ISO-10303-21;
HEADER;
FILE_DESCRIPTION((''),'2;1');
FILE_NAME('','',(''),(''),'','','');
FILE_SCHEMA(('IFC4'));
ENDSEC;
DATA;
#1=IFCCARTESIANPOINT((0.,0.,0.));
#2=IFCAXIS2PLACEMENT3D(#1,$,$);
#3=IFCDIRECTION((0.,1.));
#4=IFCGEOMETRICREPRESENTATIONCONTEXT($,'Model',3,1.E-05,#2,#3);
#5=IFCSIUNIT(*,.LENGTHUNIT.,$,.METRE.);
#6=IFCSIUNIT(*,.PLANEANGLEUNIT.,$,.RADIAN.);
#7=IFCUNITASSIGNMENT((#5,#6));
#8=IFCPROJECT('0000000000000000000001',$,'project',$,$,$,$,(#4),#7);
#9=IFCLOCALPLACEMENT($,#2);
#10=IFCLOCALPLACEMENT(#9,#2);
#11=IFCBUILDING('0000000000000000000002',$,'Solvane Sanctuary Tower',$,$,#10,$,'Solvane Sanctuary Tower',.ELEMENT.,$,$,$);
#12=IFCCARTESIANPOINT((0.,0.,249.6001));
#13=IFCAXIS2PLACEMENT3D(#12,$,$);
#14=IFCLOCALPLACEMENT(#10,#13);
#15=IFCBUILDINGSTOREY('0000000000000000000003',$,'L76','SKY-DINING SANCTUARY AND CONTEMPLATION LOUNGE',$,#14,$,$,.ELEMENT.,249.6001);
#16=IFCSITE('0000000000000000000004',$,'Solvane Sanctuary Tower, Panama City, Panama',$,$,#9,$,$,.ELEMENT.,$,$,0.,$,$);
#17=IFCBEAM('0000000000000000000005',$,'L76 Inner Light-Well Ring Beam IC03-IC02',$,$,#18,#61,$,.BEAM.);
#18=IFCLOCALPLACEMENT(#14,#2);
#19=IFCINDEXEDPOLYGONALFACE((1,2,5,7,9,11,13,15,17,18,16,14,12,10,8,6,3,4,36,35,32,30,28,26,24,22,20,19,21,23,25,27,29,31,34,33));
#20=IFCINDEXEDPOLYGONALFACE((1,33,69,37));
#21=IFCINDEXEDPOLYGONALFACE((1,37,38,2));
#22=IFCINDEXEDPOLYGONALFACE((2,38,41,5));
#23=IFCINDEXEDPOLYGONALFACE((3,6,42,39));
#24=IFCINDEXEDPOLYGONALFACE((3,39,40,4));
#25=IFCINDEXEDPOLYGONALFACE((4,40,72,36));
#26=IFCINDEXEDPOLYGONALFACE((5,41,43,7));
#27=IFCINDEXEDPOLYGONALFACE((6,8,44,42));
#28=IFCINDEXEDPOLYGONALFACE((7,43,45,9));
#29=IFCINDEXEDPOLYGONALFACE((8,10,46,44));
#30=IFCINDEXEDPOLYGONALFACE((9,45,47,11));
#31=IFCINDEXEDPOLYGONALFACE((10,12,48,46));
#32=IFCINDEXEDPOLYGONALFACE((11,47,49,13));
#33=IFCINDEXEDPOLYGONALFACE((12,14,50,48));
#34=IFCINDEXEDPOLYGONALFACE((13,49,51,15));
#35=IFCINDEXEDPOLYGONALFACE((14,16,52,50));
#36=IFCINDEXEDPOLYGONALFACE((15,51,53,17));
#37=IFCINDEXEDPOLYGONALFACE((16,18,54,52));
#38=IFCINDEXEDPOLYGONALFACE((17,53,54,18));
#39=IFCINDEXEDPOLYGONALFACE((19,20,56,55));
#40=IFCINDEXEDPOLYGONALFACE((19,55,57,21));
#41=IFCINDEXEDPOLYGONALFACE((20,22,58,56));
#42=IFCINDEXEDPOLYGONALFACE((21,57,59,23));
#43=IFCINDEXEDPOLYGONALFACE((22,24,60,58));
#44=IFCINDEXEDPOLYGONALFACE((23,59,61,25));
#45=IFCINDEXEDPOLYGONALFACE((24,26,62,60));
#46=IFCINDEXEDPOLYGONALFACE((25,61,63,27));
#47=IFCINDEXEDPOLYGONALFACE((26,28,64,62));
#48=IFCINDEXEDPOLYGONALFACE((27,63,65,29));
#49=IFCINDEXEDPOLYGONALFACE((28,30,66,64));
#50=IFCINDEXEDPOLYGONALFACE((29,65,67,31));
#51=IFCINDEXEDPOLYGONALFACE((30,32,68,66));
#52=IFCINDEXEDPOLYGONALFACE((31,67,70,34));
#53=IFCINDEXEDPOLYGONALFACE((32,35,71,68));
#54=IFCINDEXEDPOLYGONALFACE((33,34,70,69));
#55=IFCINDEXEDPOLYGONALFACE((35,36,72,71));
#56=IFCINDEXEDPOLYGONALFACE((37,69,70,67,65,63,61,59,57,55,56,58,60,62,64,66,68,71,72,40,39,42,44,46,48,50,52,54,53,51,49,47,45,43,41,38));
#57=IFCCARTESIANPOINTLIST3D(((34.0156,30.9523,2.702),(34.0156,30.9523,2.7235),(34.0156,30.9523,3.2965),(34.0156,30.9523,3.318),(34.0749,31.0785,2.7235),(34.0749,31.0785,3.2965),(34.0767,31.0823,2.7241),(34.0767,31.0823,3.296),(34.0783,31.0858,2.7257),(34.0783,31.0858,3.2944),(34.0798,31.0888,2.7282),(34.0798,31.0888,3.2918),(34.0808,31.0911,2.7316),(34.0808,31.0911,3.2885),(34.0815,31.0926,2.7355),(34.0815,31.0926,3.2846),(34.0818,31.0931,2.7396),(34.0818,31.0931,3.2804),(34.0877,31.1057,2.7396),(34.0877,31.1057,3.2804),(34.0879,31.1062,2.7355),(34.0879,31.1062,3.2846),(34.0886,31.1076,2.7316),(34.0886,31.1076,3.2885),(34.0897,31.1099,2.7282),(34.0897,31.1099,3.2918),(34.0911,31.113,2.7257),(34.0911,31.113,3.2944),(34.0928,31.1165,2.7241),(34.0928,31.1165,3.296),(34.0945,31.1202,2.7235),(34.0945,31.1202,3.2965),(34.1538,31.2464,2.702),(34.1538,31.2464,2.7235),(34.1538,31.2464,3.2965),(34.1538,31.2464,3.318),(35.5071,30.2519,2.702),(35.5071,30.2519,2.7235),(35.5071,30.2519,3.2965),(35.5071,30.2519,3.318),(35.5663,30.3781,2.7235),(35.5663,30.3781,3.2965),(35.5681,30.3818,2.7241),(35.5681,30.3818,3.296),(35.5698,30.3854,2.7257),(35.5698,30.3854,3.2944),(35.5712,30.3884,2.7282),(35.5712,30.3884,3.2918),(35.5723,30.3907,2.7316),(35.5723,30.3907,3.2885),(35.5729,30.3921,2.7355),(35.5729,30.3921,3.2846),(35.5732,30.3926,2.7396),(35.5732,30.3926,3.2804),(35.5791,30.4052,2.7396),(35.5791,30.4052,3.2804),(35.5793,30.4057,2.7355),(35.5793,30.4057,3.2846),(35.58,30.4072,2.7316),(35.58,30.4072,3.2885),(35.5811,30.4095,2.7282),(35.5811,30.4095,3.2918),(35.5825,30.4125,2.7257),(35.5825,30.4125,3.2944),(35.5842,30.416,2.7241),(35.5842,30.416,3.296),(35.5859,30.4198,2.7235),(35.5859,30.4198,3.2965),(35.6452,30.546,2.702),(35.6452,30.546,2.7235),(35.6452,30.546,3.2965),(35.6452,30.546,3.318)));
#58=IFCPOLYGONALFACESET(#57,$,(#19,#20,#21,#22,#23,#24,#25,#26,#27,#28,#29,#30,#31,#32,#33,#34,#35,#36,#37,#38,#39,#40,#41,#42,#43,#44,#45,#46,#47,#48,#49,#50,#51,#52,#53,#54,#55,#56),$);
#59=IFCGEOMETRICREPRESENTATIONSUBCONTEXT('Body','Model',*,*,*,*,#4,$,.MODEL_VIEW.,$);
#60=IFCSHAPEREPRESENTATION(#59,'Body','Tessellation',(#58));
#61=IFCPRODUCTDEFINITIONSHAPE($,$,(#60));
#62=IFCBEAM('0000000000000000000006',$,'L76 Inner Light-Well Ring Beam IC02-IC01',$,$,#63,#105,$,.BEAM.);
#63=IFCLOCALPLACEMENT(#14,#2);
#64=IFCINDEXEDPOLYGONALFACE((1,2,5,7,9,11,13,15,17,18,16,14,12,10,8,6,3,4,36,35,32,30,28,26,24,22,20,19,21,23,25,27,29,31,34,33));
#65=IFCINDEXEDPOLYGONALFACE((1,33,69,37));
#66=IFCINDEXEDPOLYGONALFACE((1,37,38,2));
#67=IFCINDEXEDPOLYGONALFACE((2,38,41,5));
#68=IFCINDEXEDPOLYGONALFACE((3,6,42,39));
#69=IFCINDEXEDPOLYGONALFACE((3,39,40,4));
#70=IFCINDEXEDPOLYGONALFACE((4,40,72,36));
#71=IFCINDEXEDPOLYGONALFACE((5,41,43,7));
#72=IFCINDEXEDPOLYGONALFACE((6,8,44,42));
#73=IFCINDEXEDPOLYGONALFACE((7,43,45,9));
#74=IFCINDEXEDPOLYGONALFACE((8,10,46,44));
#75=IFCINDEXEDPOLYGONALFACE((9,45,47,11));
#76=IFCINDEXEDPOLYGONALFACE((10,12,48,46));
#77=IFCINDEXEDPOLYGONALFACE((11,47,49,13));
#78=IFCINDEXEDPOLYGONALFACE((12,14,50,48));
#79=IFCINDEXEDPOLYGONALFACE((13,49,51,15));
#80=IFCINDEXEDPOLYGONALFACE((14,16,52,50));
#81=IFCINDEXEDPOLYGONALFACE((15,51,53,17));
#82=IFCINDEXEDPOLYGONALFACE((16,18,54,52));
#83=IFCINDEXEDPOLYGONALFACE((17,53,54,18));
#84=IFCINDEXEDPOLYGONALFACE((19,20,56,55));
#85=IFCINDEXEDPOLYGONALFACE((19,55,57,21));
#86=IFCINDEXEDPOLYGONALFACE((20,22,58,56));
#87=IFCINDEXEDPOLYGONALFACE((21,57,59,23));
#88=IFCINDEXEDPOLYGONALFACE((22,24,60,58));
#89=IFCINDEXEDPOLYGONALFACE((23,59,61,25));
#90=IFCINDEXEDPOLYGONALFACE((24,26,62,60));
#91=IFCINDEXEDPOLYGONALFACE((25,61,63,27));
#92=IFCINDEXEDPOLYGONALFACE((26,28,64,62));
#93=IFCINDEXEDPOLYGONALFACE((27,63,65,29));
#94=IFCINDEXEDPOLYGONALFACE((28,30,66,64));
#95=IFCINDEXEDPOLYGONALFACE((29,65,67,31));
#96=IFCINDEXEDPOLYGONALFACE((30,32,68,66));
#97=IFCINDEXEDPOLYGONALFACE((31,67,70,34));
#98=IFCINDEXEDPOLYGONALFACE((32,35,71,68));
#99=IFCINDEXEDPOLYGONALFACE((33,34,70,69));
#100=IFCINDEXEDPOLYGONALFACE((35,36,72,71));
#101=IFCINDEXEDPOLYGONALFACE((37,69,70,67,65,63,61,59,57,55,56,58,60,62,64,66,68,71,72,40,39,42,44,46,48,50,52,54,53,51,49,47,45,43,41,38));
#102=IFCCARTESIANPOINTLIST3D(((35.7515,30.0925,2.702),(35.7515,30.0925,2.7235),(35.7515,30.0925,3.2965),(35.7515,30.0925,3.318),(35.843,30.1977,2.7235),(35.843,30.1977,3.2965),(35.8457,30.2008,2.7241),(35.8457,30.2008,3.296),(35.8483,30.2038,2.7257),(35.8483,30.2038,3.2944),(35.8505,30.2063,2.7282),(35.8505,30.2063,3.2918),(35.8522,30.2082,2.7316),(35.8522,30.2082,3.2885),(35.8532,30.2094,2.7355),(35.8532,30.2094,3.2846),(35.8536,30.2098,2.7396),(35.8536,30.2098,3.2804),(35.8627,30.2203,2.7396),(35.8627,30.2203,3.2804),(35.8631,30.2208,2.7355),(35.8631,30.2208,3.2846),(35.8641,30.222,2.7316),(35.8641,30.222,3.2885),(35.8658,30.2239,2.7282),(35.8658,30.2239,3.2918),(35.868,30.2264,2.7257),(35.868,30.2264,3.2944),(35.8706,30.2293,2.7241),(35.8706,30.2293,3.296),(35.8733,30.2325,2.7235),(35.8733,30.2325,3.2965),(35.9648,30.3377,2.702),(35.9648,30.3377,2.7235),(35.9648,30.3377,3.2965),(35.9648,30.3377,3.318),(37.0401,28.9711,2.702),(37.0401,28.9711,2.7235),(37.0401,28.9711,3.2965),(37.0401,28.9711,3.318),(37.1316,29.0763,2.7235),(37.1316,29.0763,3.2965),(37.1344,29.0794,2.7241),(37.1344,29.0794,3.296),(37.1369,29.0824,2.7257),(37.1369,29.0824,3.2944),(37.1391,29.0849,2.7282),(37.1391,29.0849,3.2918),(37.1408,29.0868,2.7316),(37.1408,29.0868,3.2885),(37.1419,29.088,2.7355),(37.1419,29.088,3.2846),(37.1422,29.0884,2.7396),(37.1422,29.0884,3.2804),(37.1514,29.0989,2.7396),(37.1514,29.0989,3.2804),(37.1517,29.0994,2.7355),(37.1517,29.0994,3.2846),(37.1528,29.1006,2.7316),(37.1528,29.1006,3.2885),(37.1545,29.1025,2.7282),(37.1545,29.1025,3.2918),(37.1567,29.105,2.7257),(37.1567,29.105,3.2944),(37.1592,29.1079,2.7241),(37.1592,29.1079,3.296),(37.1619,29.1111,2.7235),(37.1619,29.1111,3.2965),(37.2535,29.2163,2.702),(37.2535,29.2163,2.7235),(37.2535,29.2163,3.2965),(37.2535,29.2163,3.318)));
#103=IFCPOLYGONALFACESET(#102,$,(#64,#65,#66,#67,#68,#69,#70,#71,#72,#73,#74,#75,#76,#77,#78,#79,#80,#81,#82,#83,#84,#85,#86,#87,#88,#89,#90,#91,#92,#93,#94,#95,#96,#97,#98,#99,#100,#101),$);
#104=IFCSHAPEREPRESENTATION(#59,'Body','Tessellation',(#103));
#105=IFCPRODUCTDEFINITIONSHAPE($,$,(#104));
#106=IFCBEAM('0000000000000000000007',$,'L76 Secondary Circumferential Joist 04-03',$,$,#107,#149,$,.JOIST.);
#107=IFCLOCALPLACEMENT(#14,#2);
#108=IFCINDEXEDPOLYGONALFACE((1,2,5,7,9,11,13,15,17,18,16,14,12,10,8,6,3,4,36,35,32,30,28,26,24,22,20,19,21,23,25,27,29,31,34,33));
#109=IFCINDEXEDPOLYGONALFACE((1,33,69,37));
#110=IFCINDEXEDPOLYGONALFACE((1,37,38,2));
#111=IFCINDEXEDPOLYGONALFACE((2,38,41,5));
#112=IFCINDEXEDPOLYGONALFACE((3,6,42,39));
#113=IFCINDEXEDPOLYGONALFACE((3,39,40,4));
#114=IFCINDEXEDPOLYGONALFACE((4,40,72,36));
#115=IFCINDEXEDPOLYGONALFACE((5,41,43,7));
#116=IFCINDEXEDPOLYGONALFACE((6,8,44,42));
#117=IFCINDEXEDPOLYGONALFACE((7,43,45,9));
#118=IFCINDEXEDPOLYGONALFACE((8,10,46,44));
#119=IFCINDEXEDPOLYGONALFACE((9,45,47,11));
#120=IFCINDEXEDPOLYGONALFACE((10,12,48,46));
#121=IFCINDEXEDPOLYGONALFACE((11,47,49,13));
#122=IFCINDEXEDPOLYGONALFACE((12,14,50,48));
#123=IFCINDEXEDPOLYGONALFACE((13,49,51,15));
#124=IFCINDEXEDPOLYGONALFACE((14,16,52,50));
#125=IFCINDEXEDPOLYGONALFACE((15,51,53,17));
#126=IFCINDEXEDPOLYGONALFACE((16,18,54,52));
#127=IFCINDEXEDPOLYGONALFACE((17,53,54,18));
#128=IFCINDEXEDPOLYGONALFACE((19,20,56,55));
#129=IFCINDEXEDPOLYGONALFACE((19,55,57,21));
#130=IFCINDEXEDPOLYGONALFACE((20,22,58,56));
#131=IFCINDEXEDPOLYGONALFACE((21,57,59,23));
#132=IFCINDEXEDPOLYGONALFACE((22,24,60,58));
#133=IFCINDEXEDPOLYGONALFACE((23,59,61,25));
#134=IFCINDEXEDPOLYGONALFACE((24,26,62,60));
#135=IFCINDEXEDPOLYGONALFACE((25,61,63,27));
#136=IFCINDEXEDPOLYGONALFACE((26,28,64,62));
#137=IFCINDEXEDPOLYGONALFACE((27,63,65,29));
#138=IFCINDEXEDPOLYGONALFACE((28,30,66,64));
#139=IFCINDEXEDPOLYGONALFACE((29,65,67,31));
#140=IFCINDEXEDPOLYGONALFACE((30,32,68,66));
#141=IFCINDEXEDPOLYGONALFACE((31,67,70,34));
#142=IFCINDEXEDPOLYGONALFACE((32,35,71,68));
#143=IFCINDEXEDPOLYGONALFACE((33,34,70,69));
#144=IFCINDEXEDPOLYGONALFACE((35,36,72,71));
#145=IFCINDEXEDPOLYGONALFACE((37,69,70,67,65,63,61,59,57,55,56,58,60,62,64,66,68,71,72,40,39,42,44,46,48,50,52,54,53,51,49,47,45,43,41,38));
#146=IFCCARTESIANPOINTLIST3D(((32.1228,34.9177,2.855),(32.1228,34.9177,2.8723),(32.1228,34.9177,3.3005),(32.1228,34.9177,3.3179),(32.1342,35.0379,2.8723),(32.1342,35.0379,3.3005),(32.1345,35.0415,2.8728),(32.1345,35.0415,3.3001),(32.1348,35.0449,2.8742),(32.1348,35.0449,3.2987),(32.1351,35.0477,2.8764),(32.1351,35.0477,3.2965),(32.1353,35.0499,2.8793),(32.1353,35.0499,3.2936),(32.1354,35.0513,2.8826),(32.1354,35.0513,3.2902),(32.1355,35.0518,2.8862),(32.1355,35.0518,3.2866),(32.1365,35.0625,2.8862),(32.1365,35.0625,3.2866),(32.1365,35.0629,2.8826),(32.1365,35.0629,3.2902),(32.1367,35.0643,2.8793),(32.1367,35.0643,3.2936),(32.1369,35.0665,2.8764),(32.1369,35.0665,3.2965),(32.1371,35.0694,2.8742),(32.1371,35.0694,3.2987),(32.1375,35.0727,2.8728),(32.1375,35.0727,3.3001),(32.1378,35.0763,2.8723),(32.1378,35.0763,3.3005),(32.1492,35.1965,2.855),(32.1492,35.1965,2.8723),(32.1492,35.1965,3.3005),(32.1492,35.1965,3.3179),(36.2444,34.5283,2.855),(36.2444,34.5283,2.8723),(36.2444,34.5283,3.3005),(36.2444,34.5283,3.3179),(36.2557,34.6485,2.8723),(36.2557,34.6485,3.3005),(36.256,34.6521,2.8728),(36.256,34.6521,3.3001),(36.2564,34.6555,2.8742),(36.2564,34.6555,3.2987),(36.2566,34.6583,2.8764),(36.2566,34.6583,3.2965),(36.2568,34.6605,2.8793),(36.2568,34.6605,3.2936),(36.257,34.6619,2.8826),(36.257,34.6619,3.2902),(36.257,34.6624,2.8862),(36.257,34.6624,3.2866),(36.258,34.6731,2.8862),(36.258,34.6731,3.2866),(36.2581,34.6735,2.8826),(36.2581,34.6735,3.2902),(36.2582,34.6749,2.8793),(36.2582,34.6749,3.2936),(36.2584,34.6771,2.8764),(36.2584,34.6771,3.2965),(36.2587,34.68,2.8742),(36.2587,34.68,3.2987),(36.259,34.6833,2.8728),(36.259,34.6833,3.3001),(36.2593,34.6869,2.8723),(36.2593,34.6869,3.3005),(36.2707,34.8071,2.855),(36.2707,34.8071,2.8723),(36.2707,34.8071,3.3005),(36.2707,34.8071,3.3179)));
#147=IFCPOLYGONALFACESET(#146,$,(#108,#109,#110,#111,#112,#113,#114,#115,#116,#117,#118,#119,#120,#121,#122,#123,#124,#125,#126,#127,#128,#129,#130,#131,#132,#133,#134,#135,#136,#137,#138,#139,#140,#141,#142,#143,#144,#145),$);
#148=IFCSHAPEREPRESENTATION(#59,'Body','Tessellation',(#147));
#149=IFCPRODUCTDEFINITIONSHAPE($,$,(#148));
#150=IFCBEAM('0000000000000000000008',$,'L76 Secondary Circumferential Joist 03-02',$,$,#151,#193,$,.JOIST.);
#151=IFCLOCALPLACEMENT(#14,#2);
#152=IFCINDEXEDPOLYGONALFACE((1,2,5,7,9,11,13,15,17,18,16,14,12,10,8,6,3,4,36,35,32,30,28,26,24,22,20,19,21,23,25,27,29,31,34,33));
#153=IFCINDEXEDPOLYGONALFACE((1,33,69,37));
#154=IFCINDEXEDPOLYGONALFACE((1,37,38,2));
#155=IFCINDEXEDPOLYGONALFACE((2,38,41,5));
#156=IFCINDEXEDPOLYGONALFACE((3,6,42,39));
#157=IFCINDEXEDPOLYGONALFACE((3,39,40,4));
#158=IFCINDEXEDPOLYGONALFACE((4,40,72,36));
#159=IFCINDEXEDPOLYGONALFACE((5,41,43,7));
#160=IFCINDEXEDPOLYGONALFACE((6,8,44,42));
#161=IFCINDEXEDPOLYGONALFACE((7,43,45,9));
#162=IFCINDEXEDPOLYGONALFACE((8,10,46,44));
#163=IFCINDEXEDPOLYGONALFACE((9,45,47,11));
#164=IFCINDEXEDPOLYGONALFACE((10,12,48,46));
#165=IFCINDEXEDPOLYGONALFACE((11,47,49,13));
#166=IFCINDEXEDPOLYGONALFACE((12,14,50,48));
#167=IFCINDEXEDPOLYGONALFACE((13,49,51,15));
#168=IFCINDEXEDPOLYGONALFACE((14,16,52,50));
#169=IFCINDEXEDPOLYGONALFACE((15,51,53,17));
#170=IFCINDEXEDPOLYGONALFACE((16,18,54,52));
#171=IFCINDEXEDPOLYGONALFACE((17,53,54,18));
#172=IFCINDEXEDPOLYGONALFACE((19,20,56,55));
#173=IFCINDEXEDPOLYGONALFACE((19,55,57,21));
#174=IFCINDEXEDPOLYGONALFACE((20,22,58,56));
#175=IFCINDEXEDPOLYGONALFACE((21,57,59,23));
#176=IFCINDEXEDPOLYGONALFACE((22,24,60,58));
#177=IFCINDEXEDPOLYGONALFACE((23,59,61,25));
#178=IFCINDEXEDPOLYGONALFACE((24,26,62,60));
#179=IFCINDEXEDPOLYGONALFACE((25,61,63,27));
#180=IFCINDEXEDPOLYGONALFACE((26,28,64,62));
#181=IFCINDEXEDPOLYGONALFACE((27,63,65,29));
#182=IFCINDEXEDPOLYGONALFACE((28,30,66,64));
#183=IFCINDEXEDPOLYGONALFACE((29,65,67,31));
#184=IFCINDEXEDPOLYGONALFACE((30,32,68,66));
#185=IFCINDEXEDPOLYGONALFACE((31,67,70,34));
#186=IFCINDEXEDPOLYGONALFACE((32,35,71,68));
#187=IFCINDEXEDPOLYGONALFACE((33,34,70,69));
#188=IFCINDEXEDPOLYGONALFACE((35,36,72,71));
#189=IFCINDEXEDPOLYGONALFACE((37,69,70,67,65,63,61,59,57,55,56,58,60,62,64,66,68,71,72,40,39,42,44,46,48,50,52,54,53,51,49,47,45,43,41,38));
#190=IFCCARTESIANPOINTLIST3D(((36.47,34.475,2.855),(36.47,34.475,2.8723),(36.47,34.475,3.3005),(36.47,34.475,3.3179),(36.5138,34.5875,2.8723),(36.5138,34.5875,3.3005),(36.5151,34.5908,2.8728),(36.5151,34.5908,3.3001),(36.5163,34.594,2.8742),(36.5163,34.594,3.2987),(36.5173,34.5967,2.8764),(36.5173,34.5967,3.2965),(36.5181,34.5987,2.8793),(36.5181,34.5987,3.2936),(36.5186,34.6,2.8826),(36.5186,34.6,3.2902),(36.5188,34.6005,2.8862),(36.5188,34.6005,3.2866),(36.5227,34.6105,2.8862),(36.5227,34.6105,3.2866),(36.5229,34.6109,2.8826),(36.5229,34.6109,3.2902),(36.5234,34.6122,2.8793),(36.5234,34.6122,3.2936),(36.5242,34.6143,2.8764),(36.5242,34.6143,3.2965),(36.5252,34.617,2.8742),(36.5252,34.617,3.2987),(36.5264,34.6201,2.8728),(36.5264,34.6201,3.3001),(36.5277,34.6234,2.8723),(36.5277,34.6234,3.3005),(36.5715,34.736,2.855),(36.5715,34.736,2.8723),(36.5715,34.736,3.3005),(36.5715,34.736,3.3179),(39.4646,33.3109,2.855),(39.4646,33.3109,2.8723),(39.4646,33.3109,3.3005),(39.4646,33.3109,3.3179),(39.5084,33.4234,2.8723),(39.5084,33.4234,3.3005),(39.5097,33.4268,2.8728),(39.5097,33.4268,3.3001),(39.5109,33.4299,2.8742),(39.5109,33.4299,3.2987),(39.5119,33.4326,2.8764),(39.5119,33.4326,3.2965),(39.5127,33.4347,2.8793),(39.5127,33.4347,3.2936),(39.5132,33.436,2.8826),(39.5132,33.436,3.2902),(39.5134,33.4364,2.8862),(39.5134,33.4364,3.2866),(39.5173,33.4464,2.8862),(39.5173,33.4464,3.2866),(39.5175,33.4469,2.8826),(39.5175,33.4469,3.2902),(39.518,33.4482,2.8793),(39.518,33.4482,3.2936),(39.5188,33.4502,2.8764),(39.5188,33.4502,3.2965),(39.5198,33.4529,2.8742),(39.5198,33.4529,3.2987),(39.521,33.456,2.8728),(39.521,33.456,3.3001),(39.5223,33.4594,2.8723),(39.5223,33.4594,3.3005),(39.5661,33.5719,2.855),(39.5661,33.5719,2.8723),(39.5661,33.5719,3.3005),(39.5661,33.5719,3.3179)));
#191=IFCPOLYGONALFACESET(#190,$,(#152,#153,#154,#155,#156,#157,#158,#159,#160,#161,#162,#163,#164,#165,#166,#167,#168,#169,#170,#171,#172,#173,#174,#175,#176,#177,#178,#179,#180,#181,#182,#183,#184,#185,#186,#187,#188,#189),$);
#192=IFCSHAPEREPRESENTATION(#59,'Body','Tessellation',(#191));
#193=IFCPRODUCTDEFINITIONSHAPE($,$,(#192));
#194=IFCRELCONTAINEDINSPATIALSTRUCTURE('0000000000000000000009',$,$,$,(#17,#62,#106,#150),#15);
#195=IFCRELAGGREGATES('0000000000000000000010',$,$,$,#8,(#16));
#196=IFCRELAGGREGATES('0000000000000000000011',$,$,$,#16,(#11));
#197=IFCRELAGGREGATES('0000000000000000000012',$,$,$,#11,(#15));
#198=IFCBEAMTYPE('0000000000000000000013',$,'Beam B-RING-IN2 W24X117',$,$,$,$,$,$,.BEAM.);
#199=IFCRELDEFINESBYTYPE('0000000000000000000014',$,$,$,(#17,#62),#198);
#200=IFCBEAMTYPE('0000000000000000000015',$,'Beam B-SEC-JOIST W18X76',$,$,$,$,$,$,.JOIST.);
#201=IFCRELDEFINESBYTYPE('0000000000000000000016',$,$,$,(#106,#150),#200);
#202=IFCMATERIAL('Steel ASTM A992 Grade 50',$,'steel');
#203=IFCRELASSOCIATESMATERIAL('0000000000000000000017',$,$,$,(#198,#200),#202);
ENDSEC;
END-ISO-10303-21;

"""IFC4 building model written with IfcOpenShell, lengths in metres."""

from ifc_helpers import new_model, si_unit, direction, frame, origin, origin_2d, place, context, subcontext, project, spatial, i_section, extrude, material, material_profile, profile_set, type_object, element, save


model = new_model("IFC4")

# Units and contexts
model_context = context("Model", 3, precision=1e-05, world=origin(), true_north=direction((0.0, 1.0)))
body_context = subcontext(model_context, "Body", "Model", "MODEL_VIEW")
ifc_project = project(units=[si_unit("LENGTHUNIT", "METRE"), si_unit("PLANEANGLEUNIT", "RADIAN")], contexts=[model_context])

# Site, building, storey
site_placement = place(None, origin())
site = spatial("IfcSite", under=ifc_project, at=site_placement, Name="Solvane Sanctuary Tower, Panama City, Panama", CompositionType="ELEMENT", RefElevation=0.0)
building_placement = place(site_placement, origin())
building = spatial("IfcBuilding", under=site, at=building_placement, Name="Solvane Sanctuary Tower", LongName="Solvane Sanctuary Tower", CompositionType="ELEMENT")
storey_placement = place(building_placement, frame((0.0, 0.0, 249.6001)))
storey = spatial("IfcBuildingStorey", under=building, at=storey_placement, Name="L76", Description="SKY-DINING SANCTUARY AND CONTEMPLATION LOUNGE", CompositionType="ELEMENT", Elevation=249.6001)

# Beams
ifc_material_1 = material(Name="Steel ASTM A992 Grade 50", Category="steel")
ifc_material_profile_1 = material_profile(ifc_material_1, i_section(OverallWidth=0.325, OverallDepth=0.616, WebThickness=0.0139, FlangeThickness=0.0215, FilletRadius=0.0161, at=origin_2d()), Name="W24X117")
ifc_profile_set_1 = profile_set([ifc_material_profile_1], Name="Steel ASTM A992 Grade 50")
beam_type_1 = type_object("IfcBeamType", Name="Beam B-RING-IN2 W24X117", PredefinedType="BEAM", material=ifc_profile_set_1)
beam_1_placement = place(storey_placement, frame((34.0847, 31.0994, 3.01), z_axis=(0.905151, -0.42509, 0.0), x_axis=(0.42509, 0.905151, 0.0)))
element("IfcBeam", 1, at=beam_1_placement, inside=storey, type_object=beam_type_1, Name="L76 Inner Light-Well Ring Beam IC03-IC02", PredefinedType="BEAM", context=body_context, shape_type="SweptSolid", body=[
    extrude(i_section(OverallWidth=0.325, OverallDepth=0.616, WebThickness=0.0139, FlangeThickness=0.0215, FilletRadius=0.0161, at=origin_2d()), origin(), (0.0, 0.0, 1.0), 1.6477),
])
beam_2_placement = place(storey_placement, frame((35.8582, 30.2151, 3.01), z_axis=(0.754362, -0.656458, 0.0), x_axis=(0.656458, 0.754362, 0.0)))
element("IfcBeam", 2, at=beam_2_placement, inside=storey, type_object=beam_type_1, Name="L76 Inner Light-Well Ring Beam IC02-IC01", PredefinedType="BEAM", context=body_context, shape_type="SweptSolid", body=[
    extrude(i_section(OverallWidth=0.325, OverallDepth=0.616, WebThickness=0.0139, FlangeThickness=0.0215, FilletRadius=0.0161, at=origin_2d()), origin(), (0.0, 0.0, 1.0), 1.7083),
])
ifc_material_profile_2 = material_profile(ifc_material_1, i_section(OverallWidth=0.28, OverallDepth=0.4629, WebThickness=0.0107, FlangeThickness=0.0173, FilletRadius=0.0139, at=origin_2d()), Name="W18X76")
ifc_profile_set_2 = profile_set([ifc_material_profile_2], Name="Steel ASTM A992 Grade 50")
beam_type_2 = type_object("IfcBeamType", Name="Beam B-SEC-JOIST W18X76", PredefinedType="JOIST", material=ifc_profile_set_2)
beam_3_placement = place(storey_placement, frame((32.136, 35.0571, 3.0864), z_axis=(0.995566, -0.09406, 0.0), x_axis=(0.09406, 0.995566, 0.0)))
element("IfcBeam", 3, at=beam_3_placement, inside=storey, type_object=beam_type_2, Name="L76 Secondary Circumferential Joist 04-03", PredefinedType="JOIST", context=body_context, shape_type="SweptSolid", body=[
    extrude(i_section(OverallWidth=0.28, OverallDepth=0.4629, WebThickness=0.0107, FlangeThickness=0.0173, FilletRadius=0.0139, at=origin_2d()), origin(), (0.0, 0.0, 1.0), 4.1399),
])
beam_4_placement = place(storey_placement, frame((36.5208, 34.6055, 3.0864), z_axis=(0.932059, -0.362307, 0.0), x_axis=(0.362307, 0.932059, 0.0)))
element("IfcBeam", 4, at=beam_4_placement, inside=storey, type_object=beam_type_2, Name="L76 Secondary Circumferential Joist 03-02", PredefinedType="JOIST", context=body_context, shape_type="SweptSolid", body=[
    extrude(i_section(OverallWidth=0.28, OverallDepth=0.4629, WebThickness=0.0107, FlangeThickness=0.0173, FilletRadius=0.0139, at=origin_2d()), origin(), (0.0, 0.0, 1.0), 3.2129),
])

save(model, "model.ifc")
